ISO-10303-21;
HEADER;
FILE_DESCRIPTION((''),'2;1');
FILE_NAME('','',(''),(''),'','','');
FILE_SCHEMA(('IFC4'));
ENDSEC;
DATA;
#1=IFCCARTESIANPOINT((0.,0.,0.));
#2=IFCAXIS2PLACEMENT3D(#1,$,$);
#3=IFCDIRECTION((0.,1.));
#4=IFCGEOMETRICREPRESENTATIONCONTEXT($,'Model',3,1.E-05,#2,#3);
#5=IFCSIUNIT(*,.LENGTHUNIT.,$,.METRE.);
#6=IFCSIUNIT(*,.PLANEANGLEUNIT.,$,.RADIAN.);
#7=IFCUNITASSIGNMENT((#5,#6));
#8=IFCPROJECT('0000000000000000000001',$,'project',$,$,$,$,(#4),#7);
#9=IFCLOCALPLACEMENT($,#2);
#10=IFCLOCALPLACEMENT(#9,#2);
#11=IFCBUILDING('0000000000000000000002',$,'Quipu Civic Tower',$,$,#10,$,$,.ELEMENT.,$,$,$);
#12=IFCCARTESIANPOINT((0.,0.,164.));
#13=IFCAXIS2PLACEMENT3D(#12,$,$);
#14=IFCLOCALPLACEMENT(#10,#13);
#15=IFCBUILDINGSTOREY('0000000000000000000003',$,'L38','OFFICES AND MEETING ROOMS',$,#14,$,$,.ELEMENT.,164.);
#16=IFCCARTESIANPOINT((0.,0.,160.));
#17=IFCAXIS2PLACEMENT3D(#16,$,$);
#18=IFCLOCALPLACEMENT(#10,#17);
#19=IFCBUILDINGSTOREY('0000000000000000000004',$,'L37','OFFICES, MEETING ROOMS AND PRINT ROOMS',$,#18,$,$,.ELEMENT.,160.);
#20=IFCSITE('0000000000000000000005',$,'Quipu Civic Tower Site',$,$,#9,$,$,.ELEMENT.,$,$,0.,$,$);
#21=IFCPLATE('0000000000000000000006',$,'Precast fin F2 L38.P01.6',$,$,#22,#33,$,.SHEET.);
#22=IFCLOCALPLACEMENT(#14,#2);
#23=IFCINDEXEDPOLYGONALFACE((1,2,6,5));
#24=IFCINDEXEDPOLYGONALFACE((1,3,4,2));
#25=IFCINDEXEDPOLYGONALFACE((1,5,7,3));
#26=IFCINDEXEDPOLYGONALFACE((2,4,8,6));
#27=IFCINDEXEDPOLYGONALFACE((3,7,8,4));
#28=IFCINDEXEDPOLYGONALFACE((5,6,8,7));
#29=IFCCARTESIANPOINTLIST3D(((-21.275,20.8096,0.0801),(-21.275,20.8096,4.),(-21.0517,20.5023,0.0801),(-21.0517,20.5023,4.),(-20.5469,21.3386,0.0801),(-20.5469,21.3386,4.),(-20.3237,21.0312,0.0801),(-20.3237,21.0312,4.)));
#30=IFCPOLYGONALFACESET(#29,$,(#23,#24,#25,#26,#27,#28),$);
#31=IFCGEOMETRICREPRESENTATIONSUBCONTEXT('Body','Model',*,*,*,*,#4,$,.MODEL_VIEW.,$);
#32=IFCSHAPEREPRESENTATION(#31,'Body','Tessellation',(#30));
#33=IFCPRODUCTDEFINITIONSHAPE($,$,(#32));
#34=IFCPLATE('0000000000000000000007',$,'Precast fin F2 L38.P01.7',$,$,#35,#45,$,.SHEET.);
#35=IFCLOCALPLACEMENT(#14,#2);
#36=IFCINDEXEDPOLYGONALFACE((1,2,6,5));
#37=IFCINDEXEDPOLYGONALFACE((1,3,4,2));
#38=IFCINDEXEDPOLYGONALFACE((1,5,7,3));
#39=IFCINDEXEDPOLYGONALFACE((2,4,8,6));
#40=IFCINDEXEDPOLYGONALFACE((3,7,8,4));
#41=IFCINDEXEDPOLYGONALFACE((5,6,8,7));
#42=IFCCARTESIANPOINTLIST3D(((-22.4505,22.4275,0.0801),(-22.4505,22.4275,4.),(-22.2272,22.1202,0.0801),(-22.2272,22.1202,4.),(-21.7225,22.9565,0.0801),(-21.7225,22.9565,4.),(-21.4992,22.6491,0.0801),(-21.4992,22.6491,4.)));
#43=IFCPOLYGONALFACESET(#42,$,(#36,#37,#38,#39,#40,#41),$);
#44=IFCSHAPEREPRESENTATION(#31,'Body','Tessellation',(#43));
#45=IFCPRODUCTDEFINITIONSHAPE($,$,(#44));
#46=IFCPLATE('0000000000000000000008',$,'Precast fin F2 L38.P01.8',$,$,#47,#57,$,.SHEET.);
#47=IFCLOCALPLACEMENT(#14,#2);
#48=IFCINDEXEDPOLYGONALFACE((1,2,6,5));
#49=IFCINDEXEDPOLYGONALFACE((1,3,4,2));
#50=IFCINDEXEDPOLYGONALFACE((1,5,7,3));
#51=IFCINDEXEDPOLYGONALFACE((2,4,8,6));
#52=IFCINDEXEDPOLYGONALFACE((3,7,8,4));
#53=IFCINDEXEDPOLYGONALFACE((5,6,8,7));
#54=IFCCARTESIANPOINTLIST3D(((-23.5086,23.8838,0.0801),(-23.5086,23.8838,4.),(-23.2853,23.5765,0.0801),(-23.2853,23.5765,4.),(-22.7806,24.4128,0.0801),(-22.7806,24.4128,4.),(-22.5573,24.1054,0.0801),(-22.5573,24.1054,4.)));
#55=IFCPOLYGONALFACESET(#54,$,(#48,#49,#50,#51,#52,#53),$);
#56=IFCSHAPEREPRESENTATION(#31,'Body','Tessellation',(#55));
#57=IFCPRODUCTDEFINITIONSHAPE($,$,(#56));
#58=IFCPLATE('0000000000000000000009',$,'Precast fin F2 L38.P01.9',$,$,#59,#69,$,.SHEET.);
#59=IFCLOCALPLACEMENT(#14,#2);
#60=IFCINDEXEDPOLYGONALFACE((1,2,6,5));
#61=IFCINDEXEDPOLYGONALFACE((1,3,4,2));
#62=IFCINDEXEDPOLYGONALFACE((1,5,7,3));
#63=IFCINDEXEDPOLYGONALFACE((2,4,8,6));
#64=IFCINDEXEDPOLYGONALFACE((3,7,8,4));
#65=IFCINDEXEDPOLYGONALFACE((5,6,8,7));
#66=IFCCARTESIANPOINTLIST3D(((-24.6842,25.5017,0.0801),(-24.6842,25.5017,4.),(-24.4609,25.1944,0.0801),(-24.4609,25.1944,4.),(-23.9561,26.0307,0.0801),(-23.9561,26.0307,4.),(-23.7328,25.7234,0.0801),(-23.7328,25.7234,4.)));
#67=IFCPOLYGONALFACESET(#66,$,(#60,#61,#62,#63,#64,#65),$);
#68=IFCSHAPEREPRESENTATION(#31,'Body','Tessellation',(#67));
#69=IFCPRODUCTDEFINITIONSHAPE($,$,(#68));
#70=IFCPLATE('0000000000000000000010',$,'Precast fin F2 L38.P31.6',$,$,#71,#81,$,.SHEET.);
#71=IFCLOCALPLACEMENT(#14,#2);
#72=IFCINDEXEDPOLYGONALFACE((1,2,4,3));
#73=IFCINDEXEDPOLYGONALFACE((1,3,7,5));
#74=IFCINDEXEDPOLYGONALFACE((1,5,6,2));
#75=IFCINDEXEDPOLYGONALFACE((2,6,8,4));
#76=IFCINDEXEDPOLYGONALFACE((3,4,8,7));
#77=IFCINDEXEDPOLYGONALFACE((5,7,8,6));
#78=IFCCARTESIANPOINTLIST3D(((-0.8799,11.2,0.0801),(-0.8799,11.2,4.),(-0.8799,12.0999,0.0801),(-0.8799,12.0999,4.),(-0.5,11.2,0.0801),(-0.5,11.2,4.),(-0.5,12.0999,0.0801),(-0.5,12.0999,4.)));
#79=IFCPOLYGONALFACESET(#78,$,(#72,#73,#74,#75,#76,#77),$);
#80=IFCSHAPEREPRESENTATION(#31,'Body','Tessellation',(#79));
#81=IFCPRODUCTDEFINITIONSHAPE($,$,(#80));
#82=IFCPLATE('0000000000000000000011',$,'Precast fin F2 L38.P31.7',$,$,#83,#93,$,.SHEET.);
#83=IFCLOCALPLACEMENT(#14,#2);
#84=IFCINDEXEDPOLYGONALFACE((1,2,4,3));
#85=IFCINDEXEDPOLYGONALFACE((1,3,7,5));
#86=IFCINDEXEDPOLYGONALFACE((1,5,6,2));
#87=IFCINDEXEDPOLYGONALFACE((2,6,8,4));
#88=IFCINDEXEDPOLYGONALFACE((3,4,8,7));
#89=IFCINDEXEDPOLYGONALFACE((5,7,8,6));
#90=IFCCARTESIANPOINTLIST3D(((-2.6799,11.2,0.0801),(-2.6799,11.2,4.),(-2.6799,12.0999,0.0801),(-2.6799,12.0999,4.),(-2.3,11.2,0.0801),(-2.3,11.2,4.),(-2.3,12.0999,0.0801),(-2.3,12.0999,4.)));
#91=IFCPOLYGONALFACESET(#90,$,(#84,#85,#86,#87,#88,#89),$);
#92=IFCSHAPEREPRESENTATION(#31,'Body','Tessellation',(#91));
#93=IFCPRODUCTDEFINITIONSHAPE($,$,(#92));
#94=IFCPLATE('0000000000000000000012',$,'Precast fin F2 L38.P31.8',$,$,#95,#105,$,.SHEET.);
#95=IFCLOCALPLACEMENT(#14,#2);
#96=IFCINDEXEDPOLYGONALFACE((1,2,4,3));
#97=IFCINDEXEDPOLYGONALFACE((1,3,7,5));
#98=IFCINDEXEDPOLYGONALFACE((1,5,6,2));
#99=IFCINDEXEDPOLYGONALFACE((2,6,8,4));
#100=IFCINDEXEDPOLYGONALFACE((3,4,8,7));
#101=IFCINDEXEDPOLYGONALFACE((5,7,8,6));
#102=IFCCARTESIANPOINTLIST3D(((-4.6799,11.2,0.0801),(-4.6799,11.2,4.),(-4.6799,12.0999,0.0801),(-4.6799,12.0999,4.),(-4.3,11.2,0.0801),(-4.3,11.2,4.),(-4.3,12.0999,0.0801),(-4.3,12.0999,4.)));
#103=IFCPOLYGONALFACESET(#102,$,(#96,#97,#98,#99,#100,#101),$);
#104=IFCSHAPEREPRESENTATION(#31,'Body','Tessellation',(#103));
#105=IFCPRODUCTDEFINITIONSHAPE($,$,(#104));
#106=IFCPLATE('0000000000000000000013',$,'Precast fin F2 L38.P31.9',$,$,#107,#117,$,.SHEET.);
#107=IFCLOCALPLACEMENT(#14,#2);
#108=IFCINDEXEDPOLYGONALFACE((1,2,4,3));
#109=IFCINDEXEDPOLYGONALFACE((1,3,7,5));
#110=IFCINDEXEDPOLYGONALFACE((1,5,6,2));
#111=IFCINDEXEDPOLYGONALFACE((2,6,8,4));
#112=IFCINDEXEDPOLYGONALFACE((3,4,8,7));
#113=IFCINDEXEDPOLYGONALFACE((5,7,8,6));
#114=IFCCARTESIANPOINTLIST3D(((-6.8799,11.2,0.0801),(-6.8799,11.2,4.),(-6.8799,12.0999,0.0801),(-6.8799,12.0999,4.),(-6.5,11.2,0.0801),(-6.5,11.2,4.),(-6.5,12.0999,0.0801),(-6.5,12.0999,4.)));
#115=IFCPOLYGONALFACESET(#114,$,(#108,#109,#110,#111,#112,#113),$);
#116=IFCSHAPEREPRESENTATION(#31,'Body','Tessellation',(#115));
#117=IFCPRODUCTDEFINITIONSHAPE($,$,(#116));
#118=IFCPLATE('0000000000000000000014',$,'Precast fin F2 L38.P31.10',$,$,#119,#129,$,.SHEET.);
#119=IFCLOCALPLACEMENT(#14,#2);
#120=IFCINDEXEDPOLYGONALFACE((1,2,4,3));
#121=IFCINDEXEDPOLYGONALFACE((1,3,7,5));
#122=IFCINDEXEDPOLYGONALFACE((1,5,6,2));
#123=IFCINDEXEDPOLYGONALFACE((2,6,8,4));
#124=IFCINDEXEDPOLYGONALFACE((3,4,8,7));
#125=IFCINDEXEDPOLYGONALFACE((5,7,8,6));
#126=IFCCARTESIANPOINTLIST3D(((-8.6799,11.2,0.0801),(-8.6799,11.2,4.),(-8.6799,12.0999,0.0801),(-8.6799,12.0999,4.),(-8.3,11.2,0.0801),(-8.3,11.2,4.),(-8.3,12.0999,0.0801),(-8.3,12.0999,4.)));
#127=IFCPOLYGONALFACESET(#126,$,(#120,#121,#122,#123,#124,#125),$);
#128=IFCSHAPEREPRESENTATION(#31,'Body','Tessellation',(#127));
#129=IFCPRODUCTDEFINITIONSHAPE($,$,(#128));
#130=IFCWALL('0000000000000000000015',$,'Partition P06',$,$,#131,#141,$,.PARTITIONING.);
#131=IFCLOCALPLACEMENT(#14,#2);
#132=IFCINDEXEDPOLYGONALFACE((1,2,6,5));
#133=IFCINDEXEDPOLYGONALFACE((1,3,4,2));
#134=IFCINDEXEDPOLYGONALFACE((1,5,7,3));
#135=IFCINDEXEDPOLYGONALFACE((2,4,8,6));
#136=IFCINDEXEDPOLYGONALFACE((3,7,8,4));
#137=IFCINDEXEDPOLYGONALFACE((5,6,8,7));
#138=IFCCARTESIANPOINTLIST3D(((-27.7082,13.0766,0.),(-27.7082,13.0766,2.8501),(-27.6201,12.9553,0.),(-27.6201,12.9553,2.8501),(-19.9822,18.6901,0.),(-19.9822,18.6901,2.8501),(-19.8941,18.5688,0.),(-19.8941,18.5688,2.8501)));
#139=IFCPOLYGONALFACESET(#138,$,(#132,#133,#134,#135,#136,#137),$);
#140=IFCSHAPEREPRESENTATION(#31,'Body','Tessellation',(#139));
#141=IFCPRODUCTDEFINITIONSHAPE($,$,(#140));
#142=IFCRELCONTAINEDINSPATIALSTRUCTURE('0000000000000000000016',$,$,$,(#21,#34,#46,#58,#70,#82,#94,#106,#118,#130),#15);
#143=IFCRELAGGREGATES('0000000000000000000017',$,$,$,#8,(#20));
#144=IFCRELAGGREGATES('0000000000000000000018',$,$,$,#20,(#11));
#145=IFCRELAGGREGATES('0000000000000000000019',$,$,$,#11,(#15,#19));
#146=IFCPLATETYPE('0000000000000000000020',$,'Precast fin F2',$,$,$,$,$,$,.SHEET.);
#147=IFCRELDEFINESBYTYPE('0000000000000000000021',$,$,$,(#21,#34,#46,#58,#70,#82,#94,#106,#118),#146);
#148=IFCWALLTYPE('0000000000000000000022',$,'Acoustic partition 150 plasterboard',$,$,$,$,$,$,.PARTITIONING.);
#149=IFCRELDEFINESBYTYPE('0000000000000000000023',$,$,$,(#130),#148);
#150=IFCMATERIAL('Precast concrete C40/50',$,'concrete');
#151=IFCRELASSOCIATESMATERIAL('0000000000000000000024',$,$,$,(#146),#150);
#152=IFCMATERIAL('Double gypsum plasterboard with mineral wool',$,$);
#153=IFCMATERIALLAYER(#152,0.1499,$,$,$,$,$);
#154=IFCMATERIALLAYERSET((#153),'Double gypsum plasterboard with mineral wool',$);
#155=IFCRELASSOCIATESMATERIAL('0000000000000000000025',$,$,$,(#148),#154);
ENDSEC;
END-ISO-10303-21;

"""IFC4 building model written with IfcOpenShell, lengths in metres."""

from ifc_helpers import new_model, si_unit, direction, frame, frame_2d, origin, origin_2d, place, context, subcontext, project, spatial, rectangle, extrude, material, layer, layer_set, type_object, element, save


model = new_model("IFC4")

# Units and contexts
model_context = context("Model", 3, precision=1e-05, world=origin(), true_north=direction((0.0, 1.0)))
body_context = subcontext(model_context, "Body", "Model", "MODEL_VIEW")
ifc_project = project(units=[si_unit("LENGTHUNIT", "METRE"), si_unit("PLANEANGLEUNIT", "RADIAN")], contexts=[model_context])

# Site, building, storey
site_placement = place(None, origin())
site = spatial("IfcSite", under=ifc_project, at=site_placement, Name="Quipu Civic Tower Site", CompositionType="ELEMENT", RefElevation=0.0)
building_placement = place(site_placement, origin())
building = spatial("IfcBuilding", under=site, at=building_placement, Name="Quipu Civic Tower", CompositionType="ELEMENT")
storey_1_placement = place(building_placement, frame((0.0, 0.0, 164.0)))
storey_1 = spatial("IfcBuildingStorey", under=building, at=storey_1_placement, Name="L38", Description="OFFICES AND MEETING ROOMS", CompositionType="ELEMENT", Elevation=164.0)

# Shared definitions
storey_2_placement = place(building_placement, frame((0.0, 0.0, 160.0)))
storey_2 = spatial("IfcBuildingStorey", under=building, at=storey_2_placement, Name="L37", Description="OFFICES, MEETING ROOMS AND PRINT ROOMS", CompositionType="ELEMENT", Elevation=160.0)

# Plates
ifc_material_1 = material(Name="Precast concrete C40/50", Category="concrete")
plate_type_1 = type_object("IfcPlateType", Name="Precast fin F2", PredefinedType="SHEET", material=ifc_material_1)
for number, where, z_axis, x_axis, name in (
    (1, (-20.7993, 20.9204, 0.0801), (0.0, 0.0, 1.0), (-0.587787, 0.809016, 0.0), "Precast fin F2 L38.P01.6"),
    (2, (-21.9749, 22.5383, 0.0801), (0.0, 0.0, 1.0), (-0.587787, 0.809016, 0.0), "Precast fin F2 L38.P01.7"),
    (3, (-23.033, 23.9946, 0.0801), (0.0, 0.0, 1.0), (-0.587787, 0.809016, 0.0), "Precast fin F2 L38.P01.8"),
    (4, (-24.2085, 25.6125, 0.0801), (0.0, 0.0, 1.0), (-0.587787, 0.809016, 0.0), "Precast fin F2 L38.P01.9"),
    (5, (-0.6899, 11.6499, 0.0801), (0.0, 0.0, 1.0), (-1.0, 0.0, 0.0), "Precast fin F2 L38.P31.6"),
    (6, (-2.49, 11.6499, 0.0801), (0.0, 0.0, 1.0), (-1.0, 0.0, 0.0), "Precast fin F2 L38.P31.7"),
    (7, (-4.49, 11.6499, 0.0801), (0.0, 0.0, 1.0), (-1.0, 0.0, 0.0), "Precast fin F2 L38.P31.8"),
    (8, (-6.6899, 11.6499, 0.0801), (0.0, 0.0, 1.0), (-1.0, 0.0, 0.0), "Precast fin F2 L38.P31.9"),
    (9, (-8.49, 11.6499, 0.0801), (0.0, 0.0, 1.0), (-1.0, 0.0, 0.0), "Precast fin F2 L38.P31.10"),
):
    element("IfcPlate", number, at=place(storey_1_placement, frame(where, z_axis=z_axis, x_axis=x_axis)), inside=storey_1, type_object=plate_type_1, Name=name, PredefinedType="SHEET", context=body_context, shape_type="SweptSolid", body=[
        extrude(rectangle(XDim=0.3799, YDim=0.8999, at=origin_2d()), origin(), (0.0, 0.0, 1.0), 3.9199),
    ])

# Wall
ifc_material_2 = material(Name="Double gypsum plasterboard with mineral wool")
ifc_layer_1 = layer(ifc_material_2, 0.1499)
ifc_layer_set_1 = layer_set([ifc_layer_1], Name="Double gypsum plasterboard with mineral wool")
wall_type = type_object("IfcWallType", Name="Acoustic partition 150 plasterboard", PredefinedType="PARTITIONING", material=ifc_layer_set_1)
wall_placement = place(storey_1_placement, frame((-19.9382, 18.6294, 0.0), z_axis=(0.0, 0.0, 1.0), x_axis=(-0.809007, -0.587799, 0.0)))
element("IfcWall", 10, at=wall_placement, inside=storey_1, type_object=wall_type, Name="Partition P06", PredefinedType="PARTITIONING", context=body_context, shape_type="SweptSolid", body=[
    extrude(rectangle(XDim=9.55, YDim=0.1499, at=frame_2d((4.7749, 0.0))), origin(), (0.0, 0.0, 1.0), 2.8501),
])

save(model, "model.ifc")
